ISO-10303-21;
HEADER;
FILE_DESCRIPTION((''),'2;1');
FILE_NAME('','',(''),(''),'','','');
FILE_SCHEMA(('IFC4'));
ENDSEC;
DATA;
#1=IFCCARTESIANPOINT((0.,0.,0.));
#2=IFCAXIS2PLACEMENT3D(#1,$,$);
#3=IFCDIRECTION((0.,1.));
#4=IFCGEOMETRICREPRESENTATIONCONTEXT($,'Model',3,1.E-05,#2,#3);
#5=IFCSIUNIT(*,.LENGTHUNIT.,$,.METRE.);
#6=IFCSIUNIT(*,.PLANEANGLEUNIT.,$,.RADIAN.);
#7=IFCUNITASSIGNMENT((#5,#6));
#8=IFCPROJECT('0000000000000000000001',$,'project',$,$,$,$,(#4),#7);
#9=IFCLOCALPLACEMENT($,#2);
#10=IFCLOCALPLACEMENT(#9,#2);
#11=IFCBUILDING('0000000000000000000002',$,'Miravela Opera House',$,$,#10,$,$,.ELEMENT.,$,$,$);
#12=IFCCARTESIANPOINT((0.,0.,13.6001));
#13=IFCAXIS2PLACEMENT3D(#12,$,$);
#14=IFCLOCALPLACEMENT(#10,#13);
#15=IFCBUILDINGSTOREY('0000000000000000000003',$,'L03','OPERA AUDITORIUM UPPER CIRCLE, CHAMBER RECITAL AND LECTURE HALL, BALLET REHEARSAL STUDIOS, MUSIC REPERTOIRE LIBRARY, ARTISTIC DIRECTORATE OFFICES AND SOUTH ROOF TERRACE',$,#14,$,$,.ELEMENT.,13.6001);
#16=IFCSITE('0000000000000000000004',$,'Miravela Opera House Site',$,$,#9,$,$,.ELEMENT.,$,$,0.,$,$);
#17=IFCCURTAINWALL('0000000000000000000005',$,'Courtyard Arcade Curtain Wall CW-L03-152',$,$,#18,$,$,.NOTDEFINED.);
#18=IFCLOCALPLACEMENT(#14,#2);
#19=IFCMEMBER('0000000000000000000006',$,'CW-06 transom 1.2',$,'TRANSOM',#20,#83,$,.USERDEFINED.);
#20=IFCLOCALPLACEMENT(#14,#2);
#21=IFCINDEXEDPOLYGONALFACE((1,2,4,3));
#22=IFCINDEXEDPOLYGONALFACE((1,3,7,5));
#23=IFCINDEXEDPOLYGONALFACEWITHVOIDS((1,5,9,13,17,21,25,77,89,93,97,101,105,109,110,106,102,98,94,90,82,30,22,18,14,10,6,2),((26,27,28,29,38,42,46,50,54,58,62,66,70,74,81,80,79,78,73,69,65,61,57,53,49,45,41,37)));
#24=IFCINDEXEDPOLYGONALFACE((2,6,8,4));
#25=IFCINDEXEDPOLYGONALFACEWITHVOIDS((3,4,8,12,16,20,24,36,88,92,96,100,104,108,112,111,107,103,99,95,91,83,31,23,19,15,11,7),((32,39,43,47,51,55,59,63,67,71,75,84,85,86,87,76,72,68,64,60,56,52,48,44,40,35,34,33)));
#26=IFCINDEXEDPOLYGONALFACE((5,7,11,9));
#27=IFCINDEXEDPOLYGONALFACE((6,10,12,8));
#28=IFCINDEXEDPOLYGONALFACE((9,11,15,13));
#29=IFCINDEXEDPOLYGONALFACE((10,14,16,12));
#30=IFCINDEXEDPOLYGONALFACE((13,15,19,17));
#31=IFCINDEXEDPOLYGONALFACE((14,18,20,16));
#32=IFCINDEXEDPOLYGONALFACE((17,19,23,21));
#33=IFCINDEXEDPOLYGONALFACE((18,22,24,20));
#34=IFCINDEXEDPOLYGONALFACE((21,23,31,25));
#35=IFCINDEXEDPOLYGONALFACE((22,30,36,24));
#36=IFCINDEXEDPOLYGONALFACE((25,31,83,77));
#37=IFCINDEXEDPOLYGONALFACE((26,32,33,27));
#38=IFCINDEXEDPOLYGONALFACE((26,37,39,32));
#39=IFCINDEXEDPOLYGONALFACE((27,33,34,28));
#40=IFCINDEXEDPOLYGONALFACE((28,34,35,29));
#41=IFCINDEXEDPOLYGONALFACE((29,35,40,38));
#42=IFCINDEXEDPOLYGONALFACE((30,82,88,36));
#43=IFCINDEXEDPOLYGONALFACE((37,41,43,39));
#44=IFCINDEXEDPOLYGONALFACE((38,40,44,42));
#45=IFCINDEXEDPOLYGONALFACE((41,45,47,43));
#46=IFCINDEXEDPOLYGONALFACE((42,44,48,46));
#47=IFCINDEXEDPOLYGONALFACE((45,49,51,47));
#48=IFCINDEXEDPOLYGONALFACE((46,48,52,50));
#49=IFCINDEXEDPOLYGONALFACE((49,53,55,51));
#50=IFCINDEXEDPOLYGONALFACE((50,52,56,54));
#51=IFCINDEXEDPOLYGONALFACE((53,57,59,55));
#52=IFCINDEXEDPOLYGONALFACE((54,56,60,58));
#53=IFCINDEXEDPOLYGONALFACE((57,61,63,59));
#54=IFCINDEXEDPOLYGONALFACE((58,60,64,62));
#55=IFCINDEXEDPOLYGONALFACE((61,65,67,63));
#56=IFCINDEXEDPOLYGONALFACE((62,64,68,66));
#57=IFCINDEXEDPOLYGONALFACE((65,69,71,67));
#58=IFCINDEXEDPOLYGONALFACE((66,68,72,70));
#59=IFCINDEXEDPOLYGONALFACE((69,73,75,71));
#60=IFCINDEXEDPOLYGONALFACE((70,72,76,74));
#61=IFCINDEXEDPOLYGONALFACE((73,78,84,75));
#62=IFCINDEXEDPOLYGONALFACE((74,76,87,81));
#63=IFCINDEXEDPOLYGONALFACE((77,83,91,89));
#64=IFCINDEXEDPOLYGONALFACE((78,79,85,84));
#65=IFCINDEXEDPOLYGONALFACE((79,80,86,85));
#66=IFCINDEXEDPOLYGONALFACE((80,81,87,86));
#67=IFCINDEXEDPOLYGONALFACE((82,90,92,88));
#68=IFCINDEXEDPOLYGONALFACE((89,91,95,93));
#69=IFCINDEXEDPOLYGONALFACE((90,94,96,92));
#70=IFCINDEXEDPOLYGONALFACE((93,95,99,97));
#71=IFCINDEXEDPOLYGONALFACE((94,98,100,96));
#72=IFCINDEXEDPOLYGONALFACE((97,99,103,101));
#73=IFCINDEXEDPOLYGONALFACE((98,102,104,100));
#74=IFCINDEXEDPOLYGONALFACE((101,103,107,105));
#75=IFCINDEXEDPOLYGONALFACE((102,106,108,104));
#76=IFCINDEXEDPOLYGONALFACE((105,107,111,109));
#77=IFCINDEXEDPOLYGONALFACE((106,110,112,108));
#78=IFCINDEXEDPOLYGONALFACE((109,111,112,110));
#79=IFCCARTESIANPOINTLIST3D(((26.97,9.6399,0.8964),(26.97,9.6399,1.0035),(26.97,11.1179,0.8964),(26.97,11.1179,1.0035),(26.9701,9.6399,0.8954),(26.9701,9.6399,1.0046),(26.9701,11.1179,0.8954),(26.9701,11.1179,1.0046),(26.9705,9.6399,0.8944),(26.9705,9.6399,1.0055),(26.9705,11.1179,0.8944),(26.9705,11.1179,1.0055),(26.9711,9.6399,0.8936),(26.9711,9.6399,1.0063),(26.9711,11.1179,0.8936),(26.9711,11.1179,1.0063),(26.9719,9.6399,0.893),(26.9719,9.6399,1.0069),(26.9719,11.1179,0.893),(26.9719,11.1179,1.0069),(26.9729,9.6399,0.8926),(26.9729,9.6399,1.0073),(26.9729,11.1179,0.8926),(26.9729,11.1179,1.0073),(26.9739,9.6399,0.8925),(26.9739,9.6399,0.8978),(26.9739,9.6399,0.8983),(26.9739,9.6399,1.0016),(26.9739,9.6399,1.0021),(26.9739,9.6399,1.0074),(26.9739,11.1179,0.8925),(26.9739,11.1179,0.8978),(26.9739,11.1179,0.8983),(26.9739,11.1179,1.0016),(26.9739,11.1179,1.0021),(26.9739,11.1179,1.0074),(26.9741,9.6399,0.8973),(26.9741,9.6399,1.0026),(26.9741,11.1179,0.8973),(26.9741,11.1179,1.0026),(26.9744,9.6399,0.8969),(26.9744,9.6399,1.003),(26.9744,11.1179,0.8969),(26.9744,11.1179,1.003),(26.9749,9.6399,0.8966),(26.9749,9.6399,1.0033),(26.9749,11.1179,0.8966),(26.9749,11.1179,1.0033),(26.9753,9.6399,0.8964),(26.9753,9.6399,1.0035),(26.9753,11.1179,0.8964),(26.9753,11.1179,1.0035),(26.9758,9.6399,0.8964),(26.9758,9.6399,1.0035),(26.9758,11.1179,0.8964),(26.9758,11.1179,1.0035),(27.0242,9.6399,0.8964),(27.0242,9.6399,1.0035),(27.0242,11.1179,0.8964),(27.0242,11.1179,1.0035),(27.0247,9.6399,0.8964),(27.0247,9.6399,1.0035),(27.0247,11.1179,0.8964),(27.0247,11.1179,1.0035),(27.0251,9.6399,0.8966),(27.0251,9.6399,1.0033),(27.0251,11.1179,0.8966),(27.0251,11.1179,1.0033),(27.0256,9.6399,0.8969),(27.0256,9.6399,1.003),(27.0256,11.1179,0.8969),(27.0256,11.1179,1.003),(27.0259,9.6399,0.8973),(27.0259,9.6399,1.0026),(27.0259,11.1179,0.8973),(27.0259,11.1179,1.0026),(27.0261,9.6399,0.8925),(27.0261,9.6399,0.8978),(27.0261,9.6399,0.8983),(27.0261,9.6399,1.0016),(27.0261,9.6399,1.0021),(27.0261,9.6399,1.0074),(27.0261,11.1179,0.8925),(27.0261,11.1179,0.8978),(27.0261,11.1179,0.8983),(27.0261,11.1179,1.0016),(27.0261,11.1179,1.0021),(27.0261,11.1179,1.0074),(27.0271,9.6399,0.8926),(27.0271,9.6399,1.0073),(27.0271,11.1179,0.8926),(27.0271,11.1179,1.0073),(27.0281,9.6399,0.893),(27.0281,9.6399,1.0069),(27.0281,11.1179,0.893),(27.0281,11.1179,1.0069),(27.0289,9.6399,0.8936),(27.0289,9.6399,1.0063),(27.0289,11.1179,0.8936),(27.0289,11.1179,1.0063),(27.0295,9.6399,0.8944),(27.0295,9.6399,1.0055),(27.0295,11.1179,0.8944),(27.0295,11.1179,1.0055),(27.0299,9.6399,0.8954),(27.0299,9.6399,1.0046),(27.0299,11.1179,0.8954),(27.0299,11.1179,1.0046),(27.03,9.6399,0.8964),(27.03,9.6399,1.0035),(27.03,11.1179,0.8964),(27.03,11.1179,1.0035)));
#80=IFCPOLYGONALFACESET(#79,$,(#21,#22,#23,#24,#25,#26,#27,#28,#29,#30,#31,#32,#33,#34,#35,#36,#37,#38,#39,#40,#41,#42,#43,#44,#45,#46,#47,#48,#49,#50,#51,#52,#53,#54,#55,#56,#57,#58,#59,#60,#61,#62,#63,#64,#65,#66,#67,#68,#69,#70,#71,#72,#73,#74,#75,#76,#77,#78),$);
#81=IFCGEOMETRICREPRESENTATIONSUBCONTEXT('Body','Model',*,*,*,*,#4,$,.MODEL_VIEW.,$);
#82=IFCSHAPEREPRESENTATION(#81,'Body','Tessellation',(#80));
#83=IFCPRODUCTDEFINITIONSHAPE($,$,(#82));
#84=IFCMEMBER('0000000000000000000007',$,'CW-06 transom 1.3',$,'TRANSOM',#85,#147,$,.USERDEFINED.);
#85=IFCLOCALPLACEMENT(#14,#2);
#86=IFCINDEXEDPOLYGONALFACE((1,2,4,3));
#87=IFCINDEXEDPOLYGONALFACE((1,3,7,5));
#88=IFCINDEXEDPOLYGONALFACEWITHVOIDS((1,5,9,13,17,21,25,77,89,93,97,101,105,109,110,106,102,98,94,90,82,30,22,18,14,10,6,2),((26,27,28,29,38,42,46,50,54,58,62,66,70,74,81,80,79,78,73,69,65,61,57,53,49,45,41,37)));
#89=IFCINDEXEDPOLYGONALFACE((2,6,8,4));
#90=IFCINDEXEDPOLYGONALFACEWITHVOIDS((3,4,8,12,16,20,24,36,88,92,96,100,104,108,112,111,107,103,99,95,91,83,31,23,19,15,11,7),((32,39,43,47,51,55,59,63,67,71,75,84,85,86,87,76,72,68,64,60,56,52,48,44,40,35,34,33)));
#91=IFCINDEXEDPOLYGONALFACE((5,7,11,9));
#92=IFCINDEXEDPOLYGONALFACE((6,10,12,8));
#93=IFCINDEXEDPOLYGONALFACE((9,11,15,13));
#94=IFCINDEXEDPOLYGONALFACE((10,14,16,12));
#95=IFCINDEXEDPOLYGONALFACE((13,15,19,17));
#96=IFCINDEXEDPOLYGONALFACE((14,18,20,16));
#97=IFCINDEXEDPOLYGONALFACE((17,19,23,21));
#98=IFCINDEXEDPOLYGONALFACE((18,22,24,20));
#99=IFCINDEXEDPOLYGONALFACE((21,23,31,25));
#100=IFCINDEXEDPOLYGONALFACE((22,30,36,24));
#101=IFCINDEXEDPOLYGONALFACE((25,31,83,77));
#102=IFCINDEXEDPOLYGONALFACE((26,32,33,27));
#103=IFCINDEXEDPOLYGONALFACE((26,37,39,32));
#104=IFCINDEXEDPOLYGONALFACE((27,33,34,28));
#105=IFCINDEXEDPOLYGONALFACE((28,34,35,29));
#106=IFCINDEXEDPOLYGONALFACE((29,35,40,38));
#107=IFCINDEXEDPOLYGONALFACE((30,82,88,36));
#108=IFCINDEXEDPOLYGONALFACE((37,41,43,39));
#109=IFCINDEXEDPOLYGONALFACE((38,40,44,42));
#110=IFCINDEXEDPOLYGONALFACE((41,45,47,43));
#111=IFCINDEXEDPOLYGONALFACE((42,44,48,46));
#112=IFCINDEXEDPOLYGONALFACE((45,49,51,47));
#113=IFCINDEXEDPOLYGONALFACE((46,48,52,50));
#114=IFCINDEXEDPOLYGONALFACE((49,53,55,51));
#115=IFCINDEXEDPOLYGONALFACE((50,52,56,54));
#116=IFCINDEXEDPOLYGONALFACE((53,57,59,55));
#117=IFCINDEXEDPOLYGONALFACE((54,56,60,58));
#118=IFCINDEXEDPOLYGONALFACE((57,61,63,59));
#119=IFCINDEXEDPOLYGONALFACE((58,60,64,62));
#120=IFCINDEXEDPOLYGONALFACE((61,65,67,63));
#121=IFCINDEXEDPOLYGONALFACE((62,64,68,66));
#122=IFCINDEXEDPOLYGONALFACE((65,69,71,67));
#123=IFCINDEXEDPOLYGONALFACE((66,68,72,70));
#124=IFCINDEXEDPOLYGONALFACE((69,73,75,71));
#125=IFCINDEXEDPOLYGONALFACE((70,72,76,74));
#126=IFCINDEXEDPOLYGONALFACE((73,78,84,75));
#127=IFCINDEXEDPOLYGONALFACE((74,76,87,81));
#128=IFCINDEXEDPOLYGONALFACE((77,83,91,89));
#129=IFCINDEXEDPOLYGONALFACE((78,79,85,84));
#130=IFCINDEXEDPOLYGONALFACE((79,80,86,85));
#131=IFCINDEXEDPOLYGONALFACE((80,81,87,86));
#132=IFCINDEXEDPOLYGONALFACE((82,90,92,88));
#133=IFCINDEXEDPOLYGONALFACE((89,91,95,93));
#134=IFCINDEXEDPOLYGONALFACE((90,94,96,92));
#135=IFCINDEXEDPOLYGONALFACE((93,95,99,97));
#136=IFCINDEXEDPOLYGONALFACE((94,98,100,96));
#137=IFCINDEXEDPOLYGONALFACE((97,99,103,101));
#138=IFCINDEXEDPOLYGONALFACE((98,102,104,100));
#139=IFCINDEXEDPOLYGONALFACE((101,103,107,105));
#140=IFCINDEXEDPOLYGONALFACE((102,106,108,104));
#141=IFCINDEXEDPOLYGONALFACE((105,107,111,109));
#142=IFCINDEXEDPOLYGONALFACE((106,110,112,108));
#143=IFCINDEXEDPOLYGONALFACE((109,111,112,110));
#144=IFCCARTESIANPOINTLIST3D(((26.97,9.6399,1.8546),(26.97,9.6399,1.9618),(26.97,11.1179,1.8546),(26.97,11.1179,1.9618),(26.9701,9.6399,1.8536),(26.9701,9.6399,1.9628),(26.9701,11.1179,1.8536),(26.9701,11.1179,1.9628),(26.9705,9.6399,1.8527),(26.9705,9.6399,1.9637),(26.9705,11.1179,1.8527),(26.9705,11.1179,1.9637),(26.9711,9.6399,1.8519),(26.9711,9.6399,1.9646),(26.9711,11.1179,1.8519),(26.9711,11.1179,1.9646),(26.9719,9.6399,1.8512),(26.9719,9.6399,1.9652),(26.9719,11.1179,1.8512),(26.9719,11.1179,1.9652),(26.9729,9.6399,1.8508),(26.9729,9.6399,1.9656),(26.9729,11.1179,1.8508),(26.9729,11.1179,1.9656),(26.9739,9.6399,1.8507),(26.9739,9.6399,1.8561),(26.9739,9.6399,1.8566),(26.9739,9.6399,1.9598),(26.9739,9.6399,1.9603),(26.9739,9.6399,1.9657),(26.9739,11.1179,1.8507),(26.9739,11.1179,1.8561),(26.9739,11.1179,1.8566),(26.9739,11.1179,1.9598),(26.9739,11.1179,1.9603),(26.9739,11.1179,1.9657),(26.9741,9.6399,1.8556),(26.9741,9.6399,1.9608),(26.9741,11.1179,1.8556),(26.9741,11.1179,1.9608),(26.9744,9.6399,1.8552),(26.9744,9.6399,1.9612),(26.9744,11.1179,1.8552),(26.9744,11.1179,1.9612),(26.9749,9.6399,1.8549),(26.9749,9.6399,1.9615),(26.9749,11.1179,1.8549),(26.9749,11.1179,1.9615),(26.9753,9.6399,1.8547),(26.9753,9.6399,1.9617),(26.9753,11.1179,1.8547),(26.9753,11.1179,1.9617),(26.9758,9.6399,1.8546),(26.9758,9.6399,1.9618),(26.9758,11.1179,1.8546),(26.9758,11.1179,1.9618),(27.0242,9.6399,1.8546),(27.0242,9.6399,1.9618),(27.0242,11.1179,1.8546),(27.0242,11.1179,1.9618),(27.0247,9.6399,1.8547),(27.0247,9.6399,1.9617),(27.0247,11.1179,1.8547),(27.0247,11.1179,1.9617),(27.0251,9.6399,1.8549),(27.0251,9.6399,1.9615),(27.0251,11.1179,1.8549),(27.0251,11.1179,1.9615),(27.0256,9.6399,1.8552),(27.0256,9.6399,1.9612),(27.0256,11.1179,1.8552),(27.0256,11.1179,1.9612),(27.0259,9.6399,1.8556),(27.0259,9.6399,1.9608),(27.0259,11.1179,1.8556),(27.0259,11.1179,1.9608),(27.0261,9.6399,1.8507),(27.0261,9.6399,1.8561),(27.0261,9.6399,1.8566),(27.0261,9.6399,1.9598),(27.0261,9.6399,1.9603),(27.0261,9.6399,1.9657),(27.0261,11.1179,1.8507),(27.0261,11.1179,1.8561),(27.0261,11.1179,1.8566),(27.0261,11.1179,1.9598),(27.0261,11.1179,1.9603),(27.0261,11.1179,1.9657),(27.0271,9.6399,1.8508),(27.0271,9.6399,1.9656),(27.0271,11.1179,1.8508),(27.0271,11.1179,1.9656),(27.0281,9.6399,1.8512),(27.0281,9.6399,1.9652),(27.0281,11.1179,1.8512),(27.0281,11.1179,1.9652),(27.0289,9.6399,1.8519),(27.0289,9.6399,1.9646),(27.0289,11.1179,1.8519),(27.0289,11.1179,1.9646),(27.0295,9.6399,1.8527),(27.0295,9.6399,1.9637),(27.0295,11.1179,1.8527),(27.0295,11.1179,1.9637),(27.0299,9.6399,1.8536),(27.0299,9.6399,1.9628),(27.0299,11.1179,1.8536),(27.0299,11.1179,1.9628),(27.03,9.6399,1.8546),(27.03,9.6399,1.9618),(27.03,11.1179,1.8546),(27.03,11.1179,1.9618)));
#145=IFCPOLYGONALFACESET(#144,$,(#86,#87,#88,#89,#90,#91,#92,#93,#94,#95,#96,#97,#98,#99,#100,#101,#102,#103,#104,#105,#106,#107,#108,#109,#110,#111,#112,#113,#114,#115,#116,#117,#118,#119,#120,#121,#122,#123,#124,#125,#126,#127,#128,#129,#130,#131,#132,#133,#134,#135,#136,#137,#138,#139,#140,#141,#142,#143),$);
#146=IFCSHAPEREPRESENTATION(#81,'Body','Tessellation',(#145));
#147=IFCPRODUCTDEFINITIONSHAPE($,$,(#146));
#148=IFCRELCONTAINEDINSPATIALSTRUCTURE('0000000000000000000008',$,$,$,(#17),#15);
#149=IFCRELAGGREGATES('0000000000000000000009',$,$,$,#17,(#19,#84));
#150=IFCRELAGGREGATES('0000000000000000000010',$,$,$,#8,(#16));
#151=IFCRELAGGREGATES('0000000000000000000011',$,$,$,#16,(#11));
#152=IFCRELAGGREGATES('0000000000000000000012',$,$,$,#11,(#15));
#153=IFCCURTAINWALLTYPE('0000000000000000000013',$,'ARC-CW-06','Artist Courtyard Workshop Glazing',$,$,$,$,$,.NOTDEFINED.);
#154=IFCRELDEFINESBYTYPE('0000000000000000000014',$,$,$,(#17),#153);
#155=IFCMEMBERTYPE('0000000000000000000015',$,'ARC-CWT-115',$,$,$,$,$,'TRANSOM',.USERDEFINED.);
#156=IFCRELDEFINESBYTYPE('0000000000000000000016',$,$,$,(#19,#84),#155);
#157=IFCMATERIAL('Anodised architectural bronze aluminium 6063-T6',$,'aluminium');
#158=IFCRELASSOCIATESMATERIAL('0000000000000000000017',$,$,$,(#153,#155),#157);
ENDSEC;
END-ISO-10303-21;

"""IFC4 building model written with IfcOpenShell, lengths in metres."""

from ifc_helpers import new_model, si_unit, direction, frame, origin, origin_2d, place, context, subcontext, project, spatial, hollow_rectangle, extrude, material, material_profile, profile_set, type_object, element, aggregate, save


model = new_model("IFC4")

# Units and contexts
model_context = context("Model", 3, precision=1e-05, world=origin(), true_north=direction((0.0, 1.0)))
body_context = subcontext(model_context, "Body", "Model", "MODEL_VIEW")
ifc_project = project(units=[si_unit("LENGTHUNIT", "METRE"), si_unit("PLANEANGLEUNIT", "RADIAN")], contexts=[model_context])

# Site, building, storey
site_placement = place(None, origin())
site = spatial("IfcSite", under=ifc_project, at=site_placement, Name="Miravela Opera House Site", CompositionType="ELEMENT", RefElevation=0.0)
building_placement = place(site_placement, origin())
building = spatial("IfcBuilding", under=site, at=building_placement, Name="Miravela Opera House", CompositionType="ELEMENT")
storey_placement = place(building_placement, frame((0.0, 0.0, 13.6001)))
storey = spatial("IfcBuildingStorey", under=building, at=storey_placement, Name="L03", Description="OPERA AUDITORIUM UPPER CIRCLE, CHAMBER RECITAL AND LECTURE HALL, BALLET REHEARSAL STUDIOS, MUSIC REPERTOIRE LIBRARY, ARTISTIC DIRECTORATE OFFICES AND SOUTH ROOF TERRACE", CompositionType="ELEMENT", Elevation=13.6001)

# Curtain wall, members
ifc_material_1 = material(Name="Anodised architectural bronze aluminium 6063-T6", Category="aluminium")
curtain_wall_type = type_object("IfcCurtainWallType", Name="ARC-CW-06", Description="Artist Courtyard Workshop Glazing", PredefinedType="NOTDEFINED", material=ifc_material_1)
curtain_wall_placement = place(storey_placement, origin())
curtain_wall = element("IfcCurtainWall", 1, at=curtain_wall_placement, inside=storey, type_object=curtain_wall_type, Name="Courtyard Arcade Curtain Wall CW-L03-152", PredefinedType="NOTDEFINED")
ifc_material_profile_1 = material_profile(ifc_material_1, hollow_rectangle(XDim=0.0601, YDim=0.115, WallThickness=0.0039, InnerFilletRadius=0.002, OuterFilletRadius=0.0039, at=origin_2d()), Name="CWT-60X115")
ifc_profile_set_1 = profile_set([ifc_material_profile_1])
member_type_1 = type_object("IfcMemberType", Name="ARC-CWT-115", ElementType="TRANSOM", PredefinedType="USERDEFINED", material=ifc_profile_set_1)
member_1_placement = place(storey_placement, frame((27.0, 9.6399, 0.95), z_axis=(0.0, 1.0, 0.0), x_axis=(-1.0, 0.0, 0.0)))
member_1 = element("IfcMember", 2, at=member_1_placement, type_object=member_type_1, Name="CW-06 transom 1.2", ObjectType="TRANSOM", PredefinedType="USERDEFINED", context=body_context, shape_type="SweptSolid", body=[
    extrude(hollow_rectangle(XDim=0.0601, YDim=0.115, WallThickness=0.0039, InnerFilletRadius=0.002, OuterFilletRadius=0.0039, at=origin_2d()), origin(), (0.0, 0.0, 1.0), 1.478),
])
member_2_placement = place(storey_placement, frame((27.0, 9.6399, 1.9082), z_axis=(0.0, 1.0, 0.0), x_axis=(-1.0, 0.0, 0.0)))
member_2 = element("IfcMember", 3, at=member_2_placement, type_object=member_type_1, Name="CW-06 transom 1.3", ObjectType="TRANSOM", PredefinedType="USERDEFINED", context=body_context, shape_type="SweptSolid", body=[
    extrude(hollow_rectangle(XDim=0.0601, YDim=0.115, WallThickness=0.0039, InnerFilletRadius=0.002, OuterFilletRadius=0.0039, at=origin_2d()), origin(), (0.0, 0.0, 1.0), 1.478),
])

aggregate(curtain_wall, [member_1, member_2])

save(model, "model.ifc")
